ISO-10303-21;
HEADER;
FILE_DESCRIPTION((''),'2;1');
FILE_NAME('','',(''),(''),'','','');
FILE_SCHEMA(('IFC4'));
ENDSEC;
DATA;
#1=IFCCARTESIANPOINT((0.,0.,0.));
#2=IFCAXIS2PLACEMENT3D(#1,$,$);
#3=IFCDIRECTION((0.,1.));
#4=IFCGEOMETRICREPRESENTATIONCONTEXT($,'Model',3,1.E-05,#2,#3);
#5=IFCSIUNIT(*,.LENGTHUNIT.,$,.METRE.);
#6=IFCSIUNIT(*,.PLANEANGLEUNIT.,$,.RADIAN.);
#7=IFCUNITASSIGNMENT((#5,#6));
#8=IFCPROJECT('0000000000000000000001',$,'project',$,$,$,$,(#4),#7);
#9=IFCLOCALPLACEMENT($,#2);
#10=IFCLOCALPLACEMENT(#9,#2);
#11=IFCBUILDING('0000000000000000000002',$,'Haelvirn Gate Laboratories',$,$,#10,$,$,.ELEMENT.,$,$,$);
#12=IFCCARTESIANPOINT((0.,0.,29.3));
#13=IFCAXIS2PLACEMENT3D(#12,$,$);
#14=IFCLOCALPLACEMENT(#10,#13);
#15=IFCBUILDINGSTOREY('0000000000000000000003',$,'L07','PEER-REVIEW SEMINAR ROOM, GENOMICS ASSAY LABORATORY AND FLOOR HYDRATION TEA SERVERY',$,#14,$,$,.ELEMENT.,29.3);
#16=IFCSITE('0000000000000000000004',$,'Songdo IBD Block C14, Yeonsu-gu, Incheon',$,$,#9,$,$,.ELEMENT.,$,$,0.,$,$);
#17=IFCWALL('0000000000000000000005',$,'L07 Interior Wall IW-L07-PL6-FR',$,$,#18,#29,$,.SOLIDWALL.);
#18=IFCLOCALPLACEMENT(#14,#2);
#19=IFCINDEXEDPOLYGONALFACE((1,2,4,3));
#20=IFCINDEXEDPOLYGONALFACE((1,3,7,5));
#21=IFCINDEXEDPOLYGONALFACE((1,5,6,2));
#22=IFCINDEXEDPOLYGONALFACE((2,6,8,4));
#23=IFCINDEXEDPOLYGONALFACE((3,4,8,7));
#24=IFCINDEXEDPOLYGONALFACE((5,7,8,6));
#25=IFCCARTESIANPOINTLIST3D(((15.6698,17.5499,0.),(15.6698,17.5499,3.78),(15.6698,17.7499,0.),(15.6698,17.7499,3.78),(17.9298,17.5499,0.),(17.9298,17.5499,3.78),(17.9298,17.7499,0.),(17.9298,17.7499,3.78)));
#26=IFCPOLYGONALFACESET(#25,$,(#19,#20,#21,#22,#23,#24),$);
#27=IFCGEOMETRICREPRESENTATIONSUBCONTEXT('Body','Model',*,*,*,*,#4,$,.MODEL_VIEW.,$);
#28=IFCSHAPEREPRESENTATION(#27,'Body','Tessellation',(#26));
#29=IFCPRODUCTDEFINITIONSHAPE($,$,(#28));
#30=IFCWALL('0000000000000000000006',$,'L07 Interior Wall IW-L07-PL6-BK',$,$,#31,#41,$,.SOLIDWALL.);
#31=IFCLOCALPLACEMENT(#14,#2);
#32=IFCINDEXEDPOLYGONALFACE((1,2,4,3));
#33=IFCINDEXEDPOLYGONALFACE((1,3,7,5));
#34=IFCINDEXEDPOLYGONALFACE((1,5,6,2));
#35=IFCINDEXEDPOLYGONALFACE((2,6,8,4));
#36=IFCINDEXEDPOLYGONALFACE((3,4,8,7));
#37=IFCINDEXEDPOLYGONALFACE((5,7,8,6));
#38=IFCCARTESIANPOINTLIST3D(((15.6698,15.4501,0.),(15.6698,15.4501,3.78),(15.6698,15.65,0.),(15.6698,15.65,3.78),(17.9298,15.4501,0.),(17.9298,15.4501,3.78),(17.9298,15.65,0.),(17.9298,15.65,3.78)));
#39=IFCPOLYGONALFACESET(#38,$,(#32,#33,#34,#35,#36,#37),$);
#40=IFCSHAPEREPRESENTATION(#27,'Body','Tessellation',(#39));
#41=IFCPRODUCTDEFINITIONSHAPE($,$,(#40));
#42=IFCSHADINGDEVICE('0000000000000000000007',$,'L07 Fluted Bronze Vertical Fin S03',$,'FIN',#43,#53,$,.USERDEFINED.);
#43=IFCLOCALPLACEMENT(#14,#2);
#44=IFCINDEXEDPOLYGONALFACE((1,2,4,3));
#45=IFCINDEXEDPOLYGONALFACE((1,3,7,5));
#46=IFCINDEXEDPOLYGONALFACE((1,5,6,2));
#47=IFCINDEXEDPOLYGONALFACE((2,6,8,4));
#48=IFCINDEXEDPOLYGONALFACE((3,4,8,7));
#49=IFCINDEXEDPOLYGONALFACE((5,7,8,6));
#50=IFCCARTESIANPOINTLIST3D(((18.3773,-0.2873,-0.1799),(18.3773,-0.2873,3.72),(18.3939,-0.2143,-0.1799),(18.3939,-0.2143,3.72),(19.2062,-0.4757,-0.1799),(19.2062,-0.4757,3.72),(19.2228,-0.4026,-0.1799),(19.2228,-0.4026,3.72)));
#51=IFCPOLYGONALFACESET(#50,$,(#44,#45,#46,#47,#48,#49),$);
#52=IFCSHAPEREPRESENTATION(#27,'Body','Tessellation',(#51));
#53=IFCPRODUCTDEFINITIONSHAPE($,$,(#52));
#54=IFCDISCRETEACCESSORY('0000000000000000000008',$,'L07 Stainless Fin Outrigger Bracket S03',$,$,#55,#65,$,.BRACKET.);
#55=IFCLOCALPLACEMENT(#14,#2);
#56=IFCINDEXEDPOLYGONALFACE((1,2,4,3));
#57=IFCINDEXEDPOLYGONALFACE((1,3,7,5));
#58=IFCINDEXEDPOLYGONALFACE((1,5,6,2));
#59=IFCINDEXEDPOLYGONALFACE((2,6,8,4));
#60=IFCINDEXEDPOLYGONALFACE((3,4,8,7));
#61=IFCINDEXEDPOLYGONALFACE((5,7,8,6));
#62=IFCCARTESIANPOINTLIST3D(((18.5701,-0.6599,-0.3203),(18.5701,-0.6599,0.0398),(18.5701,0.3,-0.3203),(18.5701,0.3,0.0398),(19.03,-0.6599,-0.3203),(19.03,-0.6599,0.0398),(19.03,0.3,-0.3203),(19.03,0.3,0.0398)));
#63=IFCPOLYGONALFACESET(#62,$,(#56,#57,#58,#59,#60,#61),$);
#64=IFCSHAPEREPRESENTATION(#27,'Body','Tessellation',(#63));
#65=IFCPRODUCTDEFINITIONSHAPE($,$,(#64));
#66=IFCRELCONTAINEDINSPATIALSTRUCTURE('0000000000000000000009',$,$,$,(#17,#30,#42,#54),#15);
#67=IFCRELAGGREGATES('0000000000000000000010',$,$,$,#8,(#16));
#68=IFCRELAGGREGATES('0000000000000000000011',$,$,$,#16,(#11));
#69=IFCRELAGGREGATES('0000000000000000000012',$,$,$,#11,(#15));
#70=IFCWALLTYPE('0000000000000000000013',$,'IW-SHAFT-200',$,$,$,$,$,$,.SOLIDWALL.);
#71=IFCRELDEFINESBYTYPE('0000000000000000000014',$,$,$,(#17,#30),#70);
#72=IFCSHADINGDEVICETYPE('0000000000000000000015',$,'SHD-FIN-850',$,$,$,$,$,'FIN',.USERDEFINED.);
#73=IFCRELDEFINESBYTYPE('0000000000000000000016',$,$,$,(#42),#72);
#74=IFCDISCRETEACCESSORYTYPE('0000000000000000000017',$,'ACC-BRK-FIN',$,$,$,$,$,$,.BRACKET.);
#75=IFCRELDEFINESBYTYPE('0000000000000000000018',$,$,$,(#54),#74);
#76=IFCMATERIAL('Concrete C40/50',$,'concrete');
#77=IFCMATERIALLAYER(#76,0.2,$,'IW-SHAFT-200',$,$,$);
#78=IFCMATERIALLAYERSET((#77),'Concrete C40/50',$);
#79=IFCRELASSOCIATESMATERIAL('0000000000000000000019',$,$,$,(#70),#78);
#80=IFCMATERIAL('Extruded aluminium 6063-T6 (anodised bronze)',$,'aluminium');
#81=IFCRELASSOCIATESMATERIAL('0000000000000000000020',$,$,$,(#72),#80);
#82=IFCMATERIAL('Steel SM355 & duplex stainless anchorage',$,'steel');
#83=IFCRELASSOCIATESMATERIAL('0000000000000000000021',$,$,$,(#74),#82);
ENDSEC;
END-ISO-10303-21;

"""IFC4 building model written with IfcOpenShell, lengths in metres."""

from ifc_helpers import new_model, si_unit, direction, frame, frame_2d, origin, origin_2d, place, context, subcontext, project, spatial, rectangle, extrude, source, transform, mapped, material, layer, layer_set, material_profile, profile_set, type_object, type_shapes, element, save


model = new_model("IFC4")

# Units and contexts
model_context = context("Model", 3, precision=1e-05, world=origin(), true_north=direction((0.0, 1.0)))
body_context = subcontext(model_context, "Body", "Model", "MODEL_VIEW")
ifc_project = project(units=[si_unit("LENGTHUNIT", "METRE"), si_unit("PLANEANGLEUNIT", "RADIAN")], contexts=[model_context])

# Site, building, storey
site_placement = place(None, origin())
site = spatial("IfcSite", under=ifc_project, at=site_placement, Name="Songdo IBD Block C14, Yeonsu-gu, Incheon", CompositionType="ELEMENT", RefElevation=0.0)
building_placement = place(site_placement, origin())
building = spatial("IfcBuilding", under=site, at=building_placement, Name="Haelvirn Gate Laboratories", CompositionType="ELEMENT")
storey_placement = place(building_placement, frame((0.0, 0.0, 29.3)))
storey = spatial("IfcBuildingStorey", under=building, at=storey_placement, Name="L07", Description="PEER-REVIEW SEMINAR ROOM, GENOMICS ASSAY LABORATORY AND FLOOR HYDRATION TEA SERVERY", CompositionType="ELEMENT", Elevation=29.3)

# Shared definitions
ifc_material_1 = material(Name="Extruded aluminium 6063-T6 (anodised bronze)", Category="aluminium")

# Walls
ifc_material_2 = material(Name="Concrete C40/50", Category="concrete")
ifc_layer_1 = layer(ifc_material_2, 0.2, Name="IW-SHAFT-200")
ifc_layer_set_1 = layer_set([ifc_layer_1], Name="Concrete C40/50")
wall_type_1 = type_object("IfcWallType", Name="IW-SHAFT-200", PredefinedType="SOLIDWALL", material=ifc_layer_set_1)
for number, where, z_axis, x_axis, name in (
    (1, (15.6699, 17.6499, 0.0), (0.0, 0.0, 1.0), (1.0, 0.0, 0.0), "L07 Interior Wall IW-L07-PL6-FR"),
    (2, (15.6699, 15.55, 0.0), (0.0, 0.0, 1.0), (1.0, 0.0, 0.0), "L07 Interior Wall IW-L07-PL6-BK"),
):
    element("IfcWall", number, at=place(storey_placement, frame(where, z_axis=z_axis, x_axis=x_axis)), inside=storey, type_object=wall_type_1, Name=name, PredefinedType="SOLIDWALL", context=body_context, shape_type="SweptSolid", body=[
        extrude(rectangle(XDim=2.26, YDim=0.2, at=frame_2d((1.1299, 0.0))), origin(), (0.0, 0.0, 1.0), 3.78),
    ])

# Shading device
ifc_material_profile_1 = material_profile(ifc_material_1, rectangle(XDim=0.075, YDim=0.8501, at=origin_2d()), Name="FIN-850x75")
ifc_profile_set_1 = profile_set([ifc_material_profile_1], Name="Extruded aluminium 6063-T6 (anodised bronze)")
shading_device_type = type_object("IfcShadingDeviceType", Name="SHD-FIN-850", ElementType="FIN", PredefinedType="USERDEFINED", material=ifc_profile_set_1)
shared_shape_1 = source(origin(), body_context, "Body", "SweptSolid", [
    extrude(rectangle(XDim=0.075, YDim=0.8501, at=origin_2d()), origin(), (0.0, 0.0, 1.0), 3.8999),
])
type_shapes(shading_device_type, [shared_shape_1])
shading_device_placement = place(storey_placement, frame((18.8, -0.345, -0.1799), z_axis=(0.0, 0.0, 1.0), x_axis=(0.221548, 0.975149, 0.0)))
element("IfcShadingDevice", 3, at=shading_device_placement, inside=storey, type_object=shading_device_type, Name="L07 Fluted Bronze Vertical Fin S03", ObjectType="FIN", PredefinedType="USERDEFINED", context=body_context, shape_type="MappedRepresentation", body=[
    mapped(shared_shape_1, transform((0.0, 0.0, 0.0), scale=1.0)),
])

# Discrete accessory
ifc_material_3 = material(Name="Steel SM355 & duplex stainless anchorage", Category="steel")
discrete_accessory_type = type_object("IfcDiscreteAccessoryType", Name="ACC-BRK-FIN", PredefinedType="BRACKET", material=ifc_material_3)
shared_shape_2 = source(origin(), body_context, "Body", "SweptSolid", [
    extrude(rectangle(XDim=0.46, YDim=0.96, at=origin_2d()), origin(), (0.0, 0.0, 1.0), 0.3601),
])
type_shapes(discrete_accessory_type, [shared_shape_2])
discrete_accessory_placement = place(storey_placement, frame((18.8, -0.1799, -0.3203), z_axis=(0.0, 0.0, 1.0), x_axis=(1.0, 0.0, 0.0)))
element("IfcDiscreteAccessory", 4, at=discrete_accessory_placement, inside=storey, type_object=discrete_accessory_type, Name="L07 Stainless Fin Outrigger Bracket S03", PredefinedType="BRACKET", context=body_context, shape_type="MappedRepresentation", body=[
    mapped(shared_shape_2, transform((0.0, 0.0, 0.0), scale=1.0)),
])

save(model, "model.ifc")
